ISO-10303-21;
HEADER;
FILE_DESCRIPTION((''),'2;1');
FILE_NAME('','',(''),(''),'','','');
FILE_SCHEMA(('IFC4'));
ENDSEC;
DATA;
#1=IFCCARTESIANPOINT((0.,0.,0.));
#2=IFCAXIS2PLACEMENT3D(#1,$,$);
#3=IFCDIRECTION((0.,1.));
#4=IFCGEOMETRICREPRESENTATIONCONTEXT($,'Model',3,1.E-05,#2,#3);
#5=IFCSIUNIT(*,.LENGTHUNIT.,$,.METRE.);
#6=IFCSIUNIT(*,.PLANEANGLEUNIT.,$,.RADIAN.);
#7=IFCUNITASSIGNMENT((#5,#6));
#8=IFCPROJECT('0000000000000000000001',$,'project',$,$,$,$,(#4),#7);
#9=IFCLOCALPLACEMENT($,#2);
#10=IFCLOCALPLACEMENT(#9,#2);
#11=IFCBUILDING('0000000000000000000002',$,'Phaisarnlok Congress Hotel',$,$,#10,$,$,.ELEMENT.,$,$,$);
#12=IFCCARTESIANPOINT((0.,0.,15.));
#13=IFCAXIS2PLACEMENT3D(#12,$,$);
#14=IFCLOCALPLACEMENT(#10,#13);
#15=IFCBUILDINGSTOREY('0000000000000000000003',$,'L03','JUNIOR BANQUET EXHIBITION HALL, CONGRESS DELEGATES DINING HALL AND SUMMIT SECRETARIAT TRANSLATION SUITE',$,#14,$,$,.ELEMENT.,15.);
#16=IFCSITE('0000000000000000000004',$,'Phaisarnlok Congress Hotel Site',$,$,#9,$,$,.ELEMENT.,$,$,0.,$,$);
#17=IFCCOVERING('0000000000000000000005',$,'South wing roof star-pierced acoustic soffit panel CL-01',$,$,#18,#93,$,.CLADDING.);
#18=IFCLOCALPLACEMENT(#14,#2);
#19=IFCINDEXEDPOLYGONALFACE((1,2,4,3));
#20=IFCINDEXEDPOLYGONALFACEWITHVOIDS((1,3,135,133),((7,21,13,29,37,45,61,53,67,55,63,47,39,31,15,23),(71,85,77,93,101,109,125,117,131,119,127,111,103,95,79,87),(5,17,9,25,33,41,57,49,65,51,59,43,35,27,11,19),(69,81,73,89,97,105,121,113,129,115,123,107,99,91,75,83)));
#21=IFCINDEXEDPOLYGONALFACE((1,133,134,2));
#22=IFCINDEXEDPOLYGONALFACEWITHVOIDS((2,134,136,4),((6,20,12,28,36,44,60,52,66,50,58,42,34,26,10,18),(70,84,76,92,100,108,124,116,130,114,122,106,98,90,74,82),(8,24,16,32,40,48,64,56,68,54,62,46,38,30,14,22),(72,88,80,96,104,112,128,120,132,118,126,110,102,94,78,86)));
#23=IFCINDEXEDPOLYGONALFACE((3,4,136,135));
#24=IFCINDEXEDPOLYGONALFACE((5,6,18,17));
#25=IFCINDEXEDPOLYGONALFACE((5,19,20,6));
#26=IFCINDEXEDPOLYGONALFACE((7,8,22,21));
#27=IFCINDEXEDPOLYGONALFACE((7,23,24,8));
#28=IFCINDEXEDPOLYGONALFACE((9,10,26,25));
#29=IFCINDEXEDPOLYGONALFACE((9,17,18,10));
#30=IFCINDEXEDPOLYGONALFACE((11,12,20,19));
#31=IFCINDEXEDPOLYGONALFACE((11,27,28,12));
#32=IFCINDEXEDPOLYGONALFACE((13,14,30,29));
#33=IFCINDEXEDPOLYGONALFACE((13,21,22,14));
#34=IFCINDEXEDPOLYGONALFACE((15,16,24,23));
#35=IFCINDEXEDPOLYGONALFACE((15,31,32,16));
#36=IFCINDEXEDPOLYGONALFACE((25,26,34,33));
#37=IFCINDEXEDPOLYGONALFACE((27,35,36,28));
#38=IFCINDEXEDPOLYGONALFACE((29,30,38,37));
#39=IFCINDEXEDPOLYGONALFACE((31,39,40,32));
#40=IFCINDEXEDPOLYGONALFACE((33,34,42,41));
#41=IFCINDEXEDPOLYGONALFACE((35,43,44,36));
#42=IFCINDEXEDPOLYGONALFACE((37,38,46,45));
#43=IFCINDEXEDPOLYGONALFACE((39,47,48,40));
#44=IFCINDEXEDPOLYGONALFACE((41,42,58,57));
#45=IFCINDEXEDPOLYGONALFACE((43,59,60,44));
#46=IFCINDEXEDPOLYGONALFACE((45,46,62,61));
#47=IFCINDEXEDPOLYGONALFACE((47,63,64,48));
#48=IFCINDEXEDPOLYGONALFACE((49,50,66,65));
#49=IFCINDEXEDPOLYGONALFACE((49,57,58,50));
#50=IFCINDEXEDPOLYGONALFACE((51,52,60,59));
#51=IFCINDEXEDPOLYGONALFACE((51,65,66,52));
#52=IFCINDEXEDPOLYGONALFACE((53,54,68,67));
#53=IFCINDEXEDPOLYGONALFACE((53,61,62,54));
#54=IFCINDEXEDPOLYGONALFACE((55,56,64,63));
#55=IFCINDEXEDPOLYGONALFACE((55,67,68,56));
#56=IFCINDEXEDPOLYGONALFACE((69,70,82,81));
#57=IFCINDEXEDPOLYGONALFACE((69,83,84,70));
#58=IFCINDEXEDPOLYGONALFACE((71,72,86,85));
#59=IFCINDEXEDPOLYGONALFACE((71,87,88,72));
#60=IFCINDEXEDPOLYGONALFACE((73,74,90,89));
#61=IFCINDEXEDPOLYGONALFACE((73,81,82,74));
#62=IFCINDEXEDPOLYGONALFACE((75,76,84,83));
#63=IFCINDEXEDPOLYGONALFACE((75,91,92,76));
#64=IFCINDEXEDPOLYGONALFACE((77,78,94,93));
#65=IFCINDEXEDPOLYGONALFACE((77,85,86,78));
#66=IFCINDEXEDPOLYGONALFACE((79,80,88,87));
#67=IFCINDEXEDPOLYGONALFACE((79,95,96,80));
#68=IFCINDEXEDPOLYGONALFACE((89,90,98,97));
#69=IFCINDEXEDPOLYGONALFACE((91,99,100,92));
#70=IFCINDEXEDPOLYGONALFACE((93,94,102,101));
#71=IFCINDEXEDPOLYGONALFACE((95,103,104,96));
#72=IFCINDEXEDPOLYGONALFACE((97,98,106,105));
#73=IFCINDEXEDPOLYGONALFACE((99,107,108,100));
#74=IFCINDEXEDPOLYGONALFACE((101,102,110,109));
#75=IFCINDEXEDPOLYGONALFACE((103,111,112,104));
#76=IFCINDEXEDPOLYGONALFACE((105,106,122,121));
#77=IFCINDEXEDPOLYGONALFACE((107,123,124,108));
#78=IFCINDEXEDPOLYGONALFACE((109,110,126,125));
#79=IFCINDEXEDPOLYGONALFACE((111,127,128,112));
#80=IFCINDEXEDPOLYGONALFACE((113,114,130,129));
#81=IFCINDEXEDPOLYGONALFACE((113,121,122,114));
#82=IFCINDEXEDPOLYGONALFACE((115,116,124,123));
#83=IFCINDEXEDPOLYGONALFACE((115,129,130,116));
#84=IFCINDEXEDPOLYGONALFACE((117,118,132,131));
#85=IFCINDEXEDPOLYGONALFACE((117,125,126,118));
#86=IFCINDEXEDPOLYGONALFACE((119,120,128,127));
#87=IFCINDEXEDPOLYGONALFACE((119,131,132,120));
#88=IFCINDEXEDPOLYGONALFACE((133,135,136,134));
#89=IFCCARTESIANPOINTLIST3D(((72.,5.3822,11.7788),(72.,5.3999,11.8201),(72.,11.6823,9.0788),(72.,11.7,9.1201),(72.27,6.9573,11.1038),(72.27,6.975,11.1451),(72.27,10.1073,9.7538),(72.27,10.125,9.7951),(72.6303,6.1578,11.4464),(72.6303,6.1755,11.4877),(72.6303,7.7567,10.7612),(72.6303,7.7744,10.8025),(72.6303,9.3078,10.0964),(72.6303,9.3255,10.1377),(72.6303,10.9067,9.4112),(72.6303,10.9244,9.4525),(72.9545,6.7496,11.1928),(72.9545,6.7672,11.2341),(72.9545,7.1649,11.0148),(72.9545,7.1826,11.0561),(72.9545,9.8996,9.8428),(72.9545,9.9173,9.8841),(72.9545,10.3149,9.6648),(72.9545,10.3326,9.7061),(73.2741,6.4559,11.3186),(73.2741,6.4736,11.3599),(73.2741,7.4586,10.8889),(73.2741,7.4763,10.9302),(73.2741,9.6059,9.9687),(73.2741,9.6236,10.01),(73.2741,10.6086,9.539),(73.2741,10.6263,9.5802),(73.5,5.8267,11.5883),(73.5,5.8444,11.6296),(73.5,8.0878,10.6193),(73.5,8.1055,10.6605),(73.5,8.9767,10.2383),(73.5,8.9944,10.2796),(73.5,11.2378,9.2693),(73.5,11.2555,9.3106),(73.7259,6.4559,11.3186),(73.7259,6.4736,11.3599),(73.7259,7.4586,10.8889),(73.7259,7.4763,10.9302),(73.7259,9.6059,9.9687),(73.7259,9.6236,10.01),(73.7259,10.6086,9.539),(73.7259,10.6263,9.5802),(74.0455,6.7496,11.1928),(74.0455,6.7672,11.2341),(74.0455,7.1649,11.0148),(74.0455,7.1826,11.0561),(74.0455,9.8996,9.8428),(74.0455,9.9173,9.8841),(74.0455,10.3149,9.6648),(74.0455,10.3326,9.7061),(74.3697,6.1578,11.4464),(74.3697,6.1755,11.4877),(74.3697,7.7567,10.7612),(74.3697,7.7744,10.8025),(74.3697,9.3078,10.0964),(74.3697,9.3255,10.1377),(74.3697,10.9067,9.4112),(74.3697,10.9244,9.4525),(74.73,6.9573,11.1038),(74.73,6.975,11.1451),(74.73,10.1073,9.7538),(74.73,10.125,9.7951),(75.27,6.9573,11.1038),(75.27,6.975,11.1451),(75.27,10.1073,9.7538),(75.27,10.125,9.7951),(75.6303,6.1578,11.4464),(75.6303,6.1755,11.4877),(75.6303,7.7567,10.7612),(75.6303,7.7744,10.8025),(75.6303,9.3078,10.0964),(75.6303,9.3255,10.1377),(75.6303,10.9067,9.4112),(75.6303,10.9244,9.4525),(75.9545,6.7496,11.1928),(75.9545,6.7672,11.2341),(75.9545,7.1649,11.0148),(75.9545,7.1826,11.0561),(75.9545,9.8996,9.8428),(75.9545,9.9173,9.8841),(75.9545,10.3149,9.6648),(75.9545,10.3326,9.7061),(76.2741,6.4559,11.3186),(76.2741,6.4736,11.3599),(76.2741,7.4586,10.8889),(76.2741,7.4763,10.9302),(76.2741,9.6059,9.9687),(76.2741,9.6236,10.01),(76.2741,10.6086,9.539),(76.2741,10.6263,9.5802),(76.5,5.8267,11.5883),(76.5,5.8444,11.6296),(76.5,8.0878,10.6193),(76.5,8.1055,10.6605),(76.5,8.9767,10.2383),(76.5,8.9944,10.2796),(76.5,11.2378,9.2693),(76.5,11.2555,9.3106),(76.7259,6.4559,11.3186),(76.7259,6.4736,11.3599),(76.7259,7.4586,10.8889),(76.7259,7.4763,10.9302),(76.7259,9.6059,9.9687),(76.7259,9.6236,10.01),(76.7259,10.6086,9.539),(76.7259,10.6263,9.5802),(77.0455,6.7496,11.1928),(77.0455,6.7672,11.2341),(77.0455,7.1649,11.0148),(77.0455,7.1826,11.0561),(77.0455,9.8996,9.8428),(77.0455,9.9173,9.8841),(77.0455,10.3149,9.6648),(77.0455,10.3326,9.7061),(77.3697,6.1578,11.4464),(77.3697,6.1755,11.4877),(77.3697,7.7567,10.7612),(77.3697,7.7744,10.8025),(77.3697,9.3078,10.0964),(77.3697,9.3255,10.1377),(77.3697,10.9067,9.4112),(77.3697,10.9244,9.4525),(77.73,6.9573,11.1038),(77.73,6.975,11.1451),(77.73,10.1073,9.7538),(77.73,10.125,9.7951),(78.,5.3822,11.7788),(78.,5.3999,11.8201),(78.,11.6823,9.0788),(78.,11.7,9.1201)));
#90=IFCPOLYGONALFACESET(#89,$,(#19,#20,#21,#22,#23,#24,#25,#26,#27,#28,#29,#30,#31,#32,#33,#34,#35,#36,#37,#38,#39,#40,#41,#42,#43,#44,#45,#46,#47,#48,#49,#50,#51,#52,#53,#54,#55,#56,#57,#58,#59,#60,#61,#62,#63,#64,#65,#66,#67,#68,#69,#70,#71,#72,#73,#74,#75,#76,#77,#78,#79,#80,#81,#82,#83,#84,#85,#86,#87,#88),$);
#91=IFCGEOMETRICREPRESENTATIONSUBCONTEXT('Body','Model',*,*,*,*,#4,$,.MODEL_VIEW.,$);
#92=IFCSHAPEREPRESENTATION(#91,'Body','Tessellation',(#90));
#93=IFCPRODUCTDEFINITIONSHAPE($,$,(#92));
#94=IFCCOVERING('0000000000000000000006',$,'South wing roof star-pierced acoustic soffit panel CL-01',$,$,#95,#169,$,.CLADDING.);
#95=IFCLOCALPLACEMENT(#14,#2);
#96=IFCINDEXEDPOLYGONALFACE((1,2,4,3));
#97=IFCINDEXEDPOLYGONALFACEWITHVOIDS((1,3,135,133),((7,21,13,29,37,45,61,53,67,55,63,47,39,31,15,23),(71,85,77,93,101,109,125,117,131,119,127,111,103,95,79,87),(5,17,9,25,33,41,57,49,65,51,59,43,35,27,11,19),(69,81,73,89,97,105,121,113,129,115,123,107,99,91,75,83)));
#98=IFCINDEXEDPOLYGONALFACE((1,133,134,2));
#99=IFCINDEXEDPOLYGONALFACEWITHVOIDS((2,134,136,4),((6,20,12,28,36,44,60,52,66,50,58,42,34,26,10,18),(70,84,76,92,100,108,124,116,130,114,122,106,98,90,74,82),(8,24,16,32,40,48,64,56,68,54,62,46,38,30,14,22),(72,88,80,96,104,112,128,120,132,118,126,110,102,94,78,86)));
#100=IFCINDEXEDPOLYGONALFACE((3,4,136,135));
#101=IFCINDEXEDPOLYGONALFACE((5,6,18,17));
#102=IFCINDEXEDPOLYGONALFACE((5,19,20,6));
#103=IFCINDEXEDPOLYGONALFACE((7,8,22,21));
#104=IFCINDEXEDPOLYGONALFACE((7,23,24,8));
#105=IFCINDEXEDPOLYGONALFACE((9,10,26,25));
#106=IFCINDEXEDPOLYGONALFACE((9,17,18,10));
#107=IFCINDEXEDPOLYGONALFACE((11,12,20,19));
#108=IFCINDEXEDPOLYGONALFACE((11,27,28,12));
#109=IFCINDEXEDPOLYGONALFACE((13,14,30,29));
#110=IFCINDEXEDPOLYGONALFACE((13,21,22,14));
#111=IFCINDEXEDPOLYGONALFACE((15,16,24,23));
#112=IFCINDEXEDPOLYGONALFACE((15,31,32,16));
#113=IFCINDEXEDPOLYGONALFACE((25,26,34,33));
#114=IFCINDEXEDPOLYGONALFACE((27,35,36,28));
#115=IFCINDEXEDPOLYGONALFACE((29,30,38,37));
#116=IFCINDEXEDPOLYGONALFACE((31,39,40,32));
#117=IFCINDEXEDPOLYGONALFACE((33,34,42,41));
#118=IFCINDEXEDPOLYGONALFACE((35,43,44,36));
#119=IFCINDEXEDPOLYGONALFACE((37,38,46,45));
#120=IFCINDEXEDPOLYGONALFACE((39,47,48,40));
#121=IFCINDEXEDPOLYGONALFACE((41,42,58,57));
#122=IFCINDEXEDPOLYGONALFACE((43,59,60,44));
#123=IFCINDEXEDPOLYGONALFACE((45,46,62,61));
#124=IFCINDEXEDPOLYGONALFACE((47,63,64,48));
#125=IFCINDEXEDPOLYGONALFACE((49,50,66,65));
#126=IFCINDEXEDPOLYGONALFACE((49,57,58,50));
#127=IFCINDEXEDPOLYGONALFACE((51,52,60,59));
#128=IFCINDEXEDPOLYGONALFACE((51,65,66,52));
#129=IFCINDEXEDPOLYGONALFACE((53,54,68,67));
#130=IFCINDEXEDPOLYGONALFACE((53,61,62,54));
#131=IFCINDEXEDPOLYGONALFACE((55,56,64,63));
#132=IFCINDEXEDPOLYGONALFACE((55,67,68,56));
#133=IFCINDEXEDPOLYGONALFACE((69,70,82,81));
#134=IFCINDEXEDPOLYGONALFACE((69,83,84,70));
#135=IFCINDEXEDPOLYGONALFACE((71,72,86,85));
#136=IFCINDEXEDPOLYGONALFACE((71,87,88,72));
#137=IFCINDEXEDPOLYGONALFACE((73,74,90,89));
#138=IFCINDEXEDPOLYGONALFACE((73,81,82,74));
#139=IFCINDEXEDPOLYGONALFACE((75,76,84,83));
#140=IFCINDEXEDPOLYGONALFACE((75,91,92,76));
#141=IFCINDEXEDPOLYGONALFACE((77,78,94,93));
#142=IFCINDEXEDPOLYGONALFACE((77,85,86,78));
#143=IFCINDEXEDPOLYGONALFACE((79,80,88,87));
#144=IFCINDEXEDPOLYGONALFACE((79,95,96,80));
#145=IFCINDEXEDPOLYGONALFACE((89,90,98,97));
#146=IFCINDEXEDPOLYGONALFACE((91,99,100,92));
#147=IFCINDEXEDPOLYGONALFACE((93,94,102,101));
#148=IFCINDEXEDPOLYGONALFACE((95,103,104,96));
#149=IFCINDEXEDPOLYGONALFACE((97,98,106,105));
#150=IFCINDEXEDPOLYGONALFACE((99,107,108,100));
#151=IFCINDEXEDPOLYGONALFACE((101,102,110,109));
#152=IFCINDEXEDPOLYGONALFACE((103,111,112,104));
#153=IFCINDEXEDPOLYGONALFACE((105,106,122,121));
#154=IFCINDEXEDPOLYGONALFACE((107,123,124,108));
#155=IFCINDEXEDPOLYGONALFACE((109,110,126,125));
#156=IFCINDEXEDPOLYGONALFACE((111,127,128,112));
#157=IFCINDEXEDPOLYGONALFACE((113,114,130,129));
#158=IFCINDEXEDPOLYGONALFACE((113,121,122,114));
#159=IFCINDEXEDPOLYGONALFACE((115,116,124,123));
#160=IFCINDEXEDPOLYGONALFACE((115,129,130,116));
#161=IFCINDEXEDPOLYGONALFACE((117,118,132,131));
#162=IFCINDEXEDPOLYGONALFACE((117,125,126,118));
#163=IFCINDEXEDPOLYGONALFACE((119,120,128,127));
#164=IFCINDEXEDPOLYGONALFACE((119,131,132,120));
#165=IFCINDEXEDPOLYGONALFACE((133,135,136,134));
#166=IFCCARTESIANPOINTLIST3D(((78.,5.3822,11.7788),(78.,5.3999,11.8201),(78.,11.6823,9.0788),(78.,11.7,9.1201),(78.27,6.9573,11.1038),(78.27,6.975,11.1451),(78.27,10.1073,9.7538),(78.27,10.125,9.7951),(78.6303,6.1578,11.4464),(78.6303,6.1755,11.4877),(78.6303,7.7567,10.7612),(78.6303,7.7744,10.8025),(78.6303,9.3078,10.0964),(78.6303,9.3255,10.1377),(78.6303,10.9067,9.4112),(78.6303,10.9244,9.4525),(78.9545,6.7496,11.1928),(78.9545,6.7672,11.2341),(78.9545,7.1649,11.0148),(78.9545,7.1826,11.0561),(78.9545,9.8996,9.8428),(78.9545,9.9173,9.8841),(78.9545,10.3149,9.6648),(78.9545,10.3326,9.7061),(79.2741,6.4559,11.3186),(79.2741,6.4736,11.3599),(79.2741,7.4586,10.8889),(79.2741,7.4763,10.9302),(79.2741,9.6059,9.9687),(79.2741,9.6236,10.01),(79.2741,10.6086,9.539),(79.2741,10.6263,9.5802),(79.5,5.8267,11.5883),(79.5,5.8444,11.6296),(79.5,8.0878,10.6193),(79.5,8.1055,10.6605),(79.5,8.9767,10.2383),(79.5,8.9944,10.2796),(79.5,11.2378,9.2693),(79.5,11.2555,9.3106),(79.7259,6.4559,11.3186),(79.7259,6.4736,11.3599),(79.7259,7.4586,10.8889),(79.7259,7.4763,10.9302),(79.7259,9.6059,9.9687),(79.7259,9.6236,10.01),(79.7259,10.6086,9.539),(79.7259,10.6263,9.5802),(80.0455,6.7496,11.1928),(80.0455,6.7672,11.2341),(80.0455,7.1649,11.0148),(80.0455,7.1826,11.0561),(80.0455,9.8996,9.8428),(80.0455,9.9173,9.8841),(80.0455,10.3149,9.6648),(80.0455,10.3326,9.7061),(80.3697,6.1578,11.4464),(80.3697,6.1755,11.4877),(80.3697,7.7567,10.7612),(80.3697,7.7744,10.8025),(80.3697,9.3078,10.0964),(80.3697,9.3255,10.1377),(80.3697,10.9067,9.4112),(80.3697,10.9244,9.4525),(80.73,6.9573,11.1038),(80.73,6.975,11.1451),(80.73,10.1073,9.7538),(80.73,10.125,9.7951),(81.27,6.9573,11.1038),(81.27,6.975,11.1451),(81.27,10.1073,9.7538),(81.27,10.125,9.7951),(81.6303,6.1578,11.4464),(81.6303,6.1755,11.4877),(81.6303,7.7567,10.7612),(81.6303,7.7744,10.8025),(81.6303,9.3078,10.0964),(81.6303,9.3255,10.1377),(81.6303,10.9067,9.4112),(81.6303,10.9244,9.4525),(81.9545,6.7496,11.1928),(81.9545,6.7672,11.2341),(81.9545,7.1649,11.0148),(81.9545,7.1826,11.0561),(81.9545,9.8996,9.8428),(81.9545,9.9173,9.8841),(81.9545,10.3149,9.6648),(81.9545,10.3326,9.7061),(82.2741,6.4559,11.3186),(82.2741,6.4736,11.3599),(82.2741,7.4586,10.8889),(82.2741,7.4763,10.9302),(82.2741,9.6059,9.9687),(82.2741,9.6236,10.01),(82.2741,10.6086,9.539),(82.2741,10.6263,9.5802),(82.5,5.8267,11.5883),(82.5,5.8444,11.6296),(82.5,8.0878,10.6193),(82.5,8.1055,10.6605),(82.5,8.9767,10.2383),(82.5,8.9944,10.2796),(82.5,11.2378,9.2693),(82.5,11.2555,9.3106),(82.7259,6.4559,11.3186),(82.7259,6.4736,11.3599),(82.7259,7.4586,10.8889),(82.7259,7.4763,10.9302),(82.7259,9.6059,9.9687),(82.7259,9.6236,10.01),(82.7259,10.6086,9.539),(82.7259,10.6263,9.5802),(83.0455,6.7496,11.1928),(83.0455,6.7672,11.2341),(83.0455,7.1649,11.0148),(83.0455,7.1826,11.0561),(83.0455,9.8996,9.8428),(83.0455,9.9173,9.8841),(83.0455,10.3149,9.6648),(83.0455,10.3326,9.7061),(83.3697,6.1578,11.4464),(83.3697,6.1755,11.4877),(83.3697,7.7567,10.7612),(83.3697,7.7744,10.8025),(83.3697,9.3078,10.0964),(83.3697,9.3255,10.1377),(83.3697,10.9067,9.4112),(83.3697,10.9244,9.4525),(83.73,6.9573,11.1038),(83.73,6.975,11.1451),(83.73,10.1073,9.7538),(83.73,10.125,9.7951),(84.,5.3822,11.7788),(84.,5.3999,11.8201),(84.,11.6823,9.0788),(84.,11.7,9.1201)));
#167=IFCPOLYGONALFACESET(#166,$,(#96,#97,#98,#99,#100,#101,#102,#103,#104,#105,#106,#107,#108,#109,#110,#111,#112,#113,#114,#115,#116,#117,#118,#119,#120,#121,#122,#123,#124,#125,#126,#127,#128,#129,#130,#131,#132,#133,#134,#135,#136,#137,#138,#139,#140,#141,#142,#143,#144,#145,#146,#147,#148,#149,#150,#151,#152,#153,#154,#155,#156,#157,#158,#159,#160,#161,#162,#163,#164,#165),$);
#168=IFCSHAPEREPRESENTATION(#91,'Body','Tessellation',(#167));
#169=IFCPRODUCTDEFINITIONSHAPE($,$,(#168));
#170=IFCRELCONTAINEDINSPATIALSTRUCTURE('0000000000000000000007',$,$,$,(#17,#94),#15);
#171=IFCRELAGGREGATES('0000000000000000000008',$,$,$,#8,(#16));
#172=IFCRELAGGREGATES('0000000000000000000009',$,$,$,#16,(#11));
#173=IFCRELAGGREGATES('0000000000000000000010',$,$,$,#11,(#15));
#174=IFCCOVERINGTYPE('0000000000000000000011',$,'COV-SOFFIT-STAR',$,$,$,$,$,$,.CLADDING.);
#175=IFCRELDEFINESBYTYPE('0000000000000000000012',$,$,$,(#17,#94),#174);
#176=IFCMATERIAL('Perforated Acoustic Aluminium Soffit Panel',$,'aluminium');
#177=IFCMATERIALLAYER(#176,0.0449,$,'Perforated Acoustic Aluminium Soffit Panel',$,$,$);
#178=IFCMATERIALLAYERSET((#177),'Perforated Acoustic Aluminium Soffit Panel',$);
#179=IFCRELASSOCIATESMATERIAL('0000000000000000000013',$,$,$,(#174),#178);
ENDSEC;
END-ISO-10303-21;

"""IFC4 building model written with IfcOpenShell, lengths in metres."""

from ifc_helpers import new_model, si_unit, direction, frame, origin, place, context, subcontext, project, spatial, polyline, outline, extrude, material, layer, layer_set, type_object, element, save


model = new_model("IFC4")

# Units and contexts
model_context = context("Model", 3, precision=1e-05, world=origin(), true_north=direction((0.0, 1.0)))
body_context = subcontext(model_context, "Body", "Model", "MODEL_VIEW")
ifc_project = project(units=[si_unit("LENGTHUNIT", "METRE"), si_unit("PLANEANGLEUNIT", "RADIAN")], contexts=[model_context])

# Site, building, storey
site_placement = place(None, origin())
site = spatial("IfcSite", under=ifc_project, at=site_placement, Name="Phaisarnlok Congress Hotel Site", CompositionType="ELEMENT", RefElevation=0.0)
building_placement = place(site_placement, origin())
building = spatial("IfcBuilding", under=site, at=building_placement, Name="Phaisarnlok Congress Hotel", CompositionType="ELEMENT")
storey_placement = place(building_placement, frame((0.0, 0.0, 15.0)))
storey = spatial("IfcBuildingStorey", under=building, at=storey_placement, Name="L03", Description="JUNIOR BANQUET EXHIBITION HALL, CONGRESS DELEGATES DINING HALL AND SUMMIT SECRETARIAT TRANSLATION SUITE", CompositionType="ELEMENT", Elevation=15.0)

# Coverings
ifc_material_1 = material(Name="Perforated Acoustic Aluminium Soffit Panel", Category="aluminium")
ifc_layer_1 = layer(ifc_material_1, 0.0449, Name="Perforated Acoustic Aluminium Soffit Panel")
ifc_layer_set_1 = layer_set([ifc_layer_1], Name="Perforated Acoustic Aluminium Soffit Panel")
covering_type = type_object("IfcCoveringType", Name="COV-SOFFIT-STAR", PredefinedType="CLADDING", material=ifc_layer_set_1)
for number, where, z_axis, x_axis, name in (
    (1, (72.0, 11.7, 9.1201), (0.0, -0.393911, -0.919149), (1.0, 0.0, 0.0), "South wing roof star-pierced acoustic soffit panel CL-01"),
    (2, (78.0, 11.7, 9.1201), (0.0, -0.393911, -0.919149), (1.0, 0.0, 0.0), "South wing roof star-pierced acoustic soffit panel CL-01"),
):
    element("IfcCovering", number, at=place(storey_placement, frame(where, z_axis=z_axis, x_axis=x_axis)), inside=storey, type_object=covering_type, Name=name, PredefinedType="CLADDING", context=body_context, shape_type="SweptSolid", body=[
        extrude(outline(polyline([(0.0, 0.0), (6.0, 0.0), (6.0, 6.8542), (0.0, 6.8542), (0.0, 0.0)]), holes=[polyline([(2.0455, 1.4876), (2.3697, 0.8438), (1.7259, 1.1681), (1.5, 0.4835), (1.2741, 1.1681), (0.6303, 0.8438), (0.9545, 1.4876), (0.27, 1.7135), (0.9545, 1.9395), (0.6303, 2.5833), (1.2741, 2.259), (1.5, 2.9435), (1.7259, 2.259), (2.3697, 2.5833), (2.0455, 1.9395), (2.73, 1.7135), (2.0455, 1.4876)]), polyline([(2.0455, 4.9147), (2.3697, 4.2709), (1.7259, 4.5952), (1.5, 3.9106), (1.2741, 4.5952), (0.6303, 4.2709), (0.9545, 4.9147), (0.27, 5.1406), (0.9545, 5.3666), (0.6303, 6.0104), (1.2741, 5.6861), (1.5, 6.3706), (1.7259, 5.6861), (2.3697, 6.0104), (2.0455, 5.3666), (2.73, 5.1406), (2.0455, 4.9147)]), polyline([(5.0455, 1.4876), (5.3697, 0.8438), (4.7259, 1.1681), (4.5, 0.4835), (4.2741, 1.1681), (3.6303, 0.8438), (3.9545, 1.4876), (3.27, 1.7135), (3.9545, 1.9395), (3.6303, 2.5833), (4.2741, 2.259), (4.5, 2.9435), (4.7259, 2.259), (5.3697, 2.5833), (5.0455, 1.9395), (5.73, 1.7135), (5.0455, 1.4876)]), polyline([(5.0455, 4.9147), (5.3697, 4.2709), (4.7259, 4.5952), (4.5, 3.9106), (4.2741, 4.5952), (3.6303, 4.2709), (3.9545, 4.9147), (3.27, 5.1406), (3.9545, 5.3666), (3.6303, 6.0104), (4.2741, 5.6861), (4.5, 6.3706), (4.7259, 5.6861), (5.3697, 6.0104), (5.0455, 5.3666), (5.73, 5.1406), (5.0455, 4.9147)])]), origin(), (0.0, 0.0, 1.0), 0.0449),
    ])

save(model, "model.ifc")
